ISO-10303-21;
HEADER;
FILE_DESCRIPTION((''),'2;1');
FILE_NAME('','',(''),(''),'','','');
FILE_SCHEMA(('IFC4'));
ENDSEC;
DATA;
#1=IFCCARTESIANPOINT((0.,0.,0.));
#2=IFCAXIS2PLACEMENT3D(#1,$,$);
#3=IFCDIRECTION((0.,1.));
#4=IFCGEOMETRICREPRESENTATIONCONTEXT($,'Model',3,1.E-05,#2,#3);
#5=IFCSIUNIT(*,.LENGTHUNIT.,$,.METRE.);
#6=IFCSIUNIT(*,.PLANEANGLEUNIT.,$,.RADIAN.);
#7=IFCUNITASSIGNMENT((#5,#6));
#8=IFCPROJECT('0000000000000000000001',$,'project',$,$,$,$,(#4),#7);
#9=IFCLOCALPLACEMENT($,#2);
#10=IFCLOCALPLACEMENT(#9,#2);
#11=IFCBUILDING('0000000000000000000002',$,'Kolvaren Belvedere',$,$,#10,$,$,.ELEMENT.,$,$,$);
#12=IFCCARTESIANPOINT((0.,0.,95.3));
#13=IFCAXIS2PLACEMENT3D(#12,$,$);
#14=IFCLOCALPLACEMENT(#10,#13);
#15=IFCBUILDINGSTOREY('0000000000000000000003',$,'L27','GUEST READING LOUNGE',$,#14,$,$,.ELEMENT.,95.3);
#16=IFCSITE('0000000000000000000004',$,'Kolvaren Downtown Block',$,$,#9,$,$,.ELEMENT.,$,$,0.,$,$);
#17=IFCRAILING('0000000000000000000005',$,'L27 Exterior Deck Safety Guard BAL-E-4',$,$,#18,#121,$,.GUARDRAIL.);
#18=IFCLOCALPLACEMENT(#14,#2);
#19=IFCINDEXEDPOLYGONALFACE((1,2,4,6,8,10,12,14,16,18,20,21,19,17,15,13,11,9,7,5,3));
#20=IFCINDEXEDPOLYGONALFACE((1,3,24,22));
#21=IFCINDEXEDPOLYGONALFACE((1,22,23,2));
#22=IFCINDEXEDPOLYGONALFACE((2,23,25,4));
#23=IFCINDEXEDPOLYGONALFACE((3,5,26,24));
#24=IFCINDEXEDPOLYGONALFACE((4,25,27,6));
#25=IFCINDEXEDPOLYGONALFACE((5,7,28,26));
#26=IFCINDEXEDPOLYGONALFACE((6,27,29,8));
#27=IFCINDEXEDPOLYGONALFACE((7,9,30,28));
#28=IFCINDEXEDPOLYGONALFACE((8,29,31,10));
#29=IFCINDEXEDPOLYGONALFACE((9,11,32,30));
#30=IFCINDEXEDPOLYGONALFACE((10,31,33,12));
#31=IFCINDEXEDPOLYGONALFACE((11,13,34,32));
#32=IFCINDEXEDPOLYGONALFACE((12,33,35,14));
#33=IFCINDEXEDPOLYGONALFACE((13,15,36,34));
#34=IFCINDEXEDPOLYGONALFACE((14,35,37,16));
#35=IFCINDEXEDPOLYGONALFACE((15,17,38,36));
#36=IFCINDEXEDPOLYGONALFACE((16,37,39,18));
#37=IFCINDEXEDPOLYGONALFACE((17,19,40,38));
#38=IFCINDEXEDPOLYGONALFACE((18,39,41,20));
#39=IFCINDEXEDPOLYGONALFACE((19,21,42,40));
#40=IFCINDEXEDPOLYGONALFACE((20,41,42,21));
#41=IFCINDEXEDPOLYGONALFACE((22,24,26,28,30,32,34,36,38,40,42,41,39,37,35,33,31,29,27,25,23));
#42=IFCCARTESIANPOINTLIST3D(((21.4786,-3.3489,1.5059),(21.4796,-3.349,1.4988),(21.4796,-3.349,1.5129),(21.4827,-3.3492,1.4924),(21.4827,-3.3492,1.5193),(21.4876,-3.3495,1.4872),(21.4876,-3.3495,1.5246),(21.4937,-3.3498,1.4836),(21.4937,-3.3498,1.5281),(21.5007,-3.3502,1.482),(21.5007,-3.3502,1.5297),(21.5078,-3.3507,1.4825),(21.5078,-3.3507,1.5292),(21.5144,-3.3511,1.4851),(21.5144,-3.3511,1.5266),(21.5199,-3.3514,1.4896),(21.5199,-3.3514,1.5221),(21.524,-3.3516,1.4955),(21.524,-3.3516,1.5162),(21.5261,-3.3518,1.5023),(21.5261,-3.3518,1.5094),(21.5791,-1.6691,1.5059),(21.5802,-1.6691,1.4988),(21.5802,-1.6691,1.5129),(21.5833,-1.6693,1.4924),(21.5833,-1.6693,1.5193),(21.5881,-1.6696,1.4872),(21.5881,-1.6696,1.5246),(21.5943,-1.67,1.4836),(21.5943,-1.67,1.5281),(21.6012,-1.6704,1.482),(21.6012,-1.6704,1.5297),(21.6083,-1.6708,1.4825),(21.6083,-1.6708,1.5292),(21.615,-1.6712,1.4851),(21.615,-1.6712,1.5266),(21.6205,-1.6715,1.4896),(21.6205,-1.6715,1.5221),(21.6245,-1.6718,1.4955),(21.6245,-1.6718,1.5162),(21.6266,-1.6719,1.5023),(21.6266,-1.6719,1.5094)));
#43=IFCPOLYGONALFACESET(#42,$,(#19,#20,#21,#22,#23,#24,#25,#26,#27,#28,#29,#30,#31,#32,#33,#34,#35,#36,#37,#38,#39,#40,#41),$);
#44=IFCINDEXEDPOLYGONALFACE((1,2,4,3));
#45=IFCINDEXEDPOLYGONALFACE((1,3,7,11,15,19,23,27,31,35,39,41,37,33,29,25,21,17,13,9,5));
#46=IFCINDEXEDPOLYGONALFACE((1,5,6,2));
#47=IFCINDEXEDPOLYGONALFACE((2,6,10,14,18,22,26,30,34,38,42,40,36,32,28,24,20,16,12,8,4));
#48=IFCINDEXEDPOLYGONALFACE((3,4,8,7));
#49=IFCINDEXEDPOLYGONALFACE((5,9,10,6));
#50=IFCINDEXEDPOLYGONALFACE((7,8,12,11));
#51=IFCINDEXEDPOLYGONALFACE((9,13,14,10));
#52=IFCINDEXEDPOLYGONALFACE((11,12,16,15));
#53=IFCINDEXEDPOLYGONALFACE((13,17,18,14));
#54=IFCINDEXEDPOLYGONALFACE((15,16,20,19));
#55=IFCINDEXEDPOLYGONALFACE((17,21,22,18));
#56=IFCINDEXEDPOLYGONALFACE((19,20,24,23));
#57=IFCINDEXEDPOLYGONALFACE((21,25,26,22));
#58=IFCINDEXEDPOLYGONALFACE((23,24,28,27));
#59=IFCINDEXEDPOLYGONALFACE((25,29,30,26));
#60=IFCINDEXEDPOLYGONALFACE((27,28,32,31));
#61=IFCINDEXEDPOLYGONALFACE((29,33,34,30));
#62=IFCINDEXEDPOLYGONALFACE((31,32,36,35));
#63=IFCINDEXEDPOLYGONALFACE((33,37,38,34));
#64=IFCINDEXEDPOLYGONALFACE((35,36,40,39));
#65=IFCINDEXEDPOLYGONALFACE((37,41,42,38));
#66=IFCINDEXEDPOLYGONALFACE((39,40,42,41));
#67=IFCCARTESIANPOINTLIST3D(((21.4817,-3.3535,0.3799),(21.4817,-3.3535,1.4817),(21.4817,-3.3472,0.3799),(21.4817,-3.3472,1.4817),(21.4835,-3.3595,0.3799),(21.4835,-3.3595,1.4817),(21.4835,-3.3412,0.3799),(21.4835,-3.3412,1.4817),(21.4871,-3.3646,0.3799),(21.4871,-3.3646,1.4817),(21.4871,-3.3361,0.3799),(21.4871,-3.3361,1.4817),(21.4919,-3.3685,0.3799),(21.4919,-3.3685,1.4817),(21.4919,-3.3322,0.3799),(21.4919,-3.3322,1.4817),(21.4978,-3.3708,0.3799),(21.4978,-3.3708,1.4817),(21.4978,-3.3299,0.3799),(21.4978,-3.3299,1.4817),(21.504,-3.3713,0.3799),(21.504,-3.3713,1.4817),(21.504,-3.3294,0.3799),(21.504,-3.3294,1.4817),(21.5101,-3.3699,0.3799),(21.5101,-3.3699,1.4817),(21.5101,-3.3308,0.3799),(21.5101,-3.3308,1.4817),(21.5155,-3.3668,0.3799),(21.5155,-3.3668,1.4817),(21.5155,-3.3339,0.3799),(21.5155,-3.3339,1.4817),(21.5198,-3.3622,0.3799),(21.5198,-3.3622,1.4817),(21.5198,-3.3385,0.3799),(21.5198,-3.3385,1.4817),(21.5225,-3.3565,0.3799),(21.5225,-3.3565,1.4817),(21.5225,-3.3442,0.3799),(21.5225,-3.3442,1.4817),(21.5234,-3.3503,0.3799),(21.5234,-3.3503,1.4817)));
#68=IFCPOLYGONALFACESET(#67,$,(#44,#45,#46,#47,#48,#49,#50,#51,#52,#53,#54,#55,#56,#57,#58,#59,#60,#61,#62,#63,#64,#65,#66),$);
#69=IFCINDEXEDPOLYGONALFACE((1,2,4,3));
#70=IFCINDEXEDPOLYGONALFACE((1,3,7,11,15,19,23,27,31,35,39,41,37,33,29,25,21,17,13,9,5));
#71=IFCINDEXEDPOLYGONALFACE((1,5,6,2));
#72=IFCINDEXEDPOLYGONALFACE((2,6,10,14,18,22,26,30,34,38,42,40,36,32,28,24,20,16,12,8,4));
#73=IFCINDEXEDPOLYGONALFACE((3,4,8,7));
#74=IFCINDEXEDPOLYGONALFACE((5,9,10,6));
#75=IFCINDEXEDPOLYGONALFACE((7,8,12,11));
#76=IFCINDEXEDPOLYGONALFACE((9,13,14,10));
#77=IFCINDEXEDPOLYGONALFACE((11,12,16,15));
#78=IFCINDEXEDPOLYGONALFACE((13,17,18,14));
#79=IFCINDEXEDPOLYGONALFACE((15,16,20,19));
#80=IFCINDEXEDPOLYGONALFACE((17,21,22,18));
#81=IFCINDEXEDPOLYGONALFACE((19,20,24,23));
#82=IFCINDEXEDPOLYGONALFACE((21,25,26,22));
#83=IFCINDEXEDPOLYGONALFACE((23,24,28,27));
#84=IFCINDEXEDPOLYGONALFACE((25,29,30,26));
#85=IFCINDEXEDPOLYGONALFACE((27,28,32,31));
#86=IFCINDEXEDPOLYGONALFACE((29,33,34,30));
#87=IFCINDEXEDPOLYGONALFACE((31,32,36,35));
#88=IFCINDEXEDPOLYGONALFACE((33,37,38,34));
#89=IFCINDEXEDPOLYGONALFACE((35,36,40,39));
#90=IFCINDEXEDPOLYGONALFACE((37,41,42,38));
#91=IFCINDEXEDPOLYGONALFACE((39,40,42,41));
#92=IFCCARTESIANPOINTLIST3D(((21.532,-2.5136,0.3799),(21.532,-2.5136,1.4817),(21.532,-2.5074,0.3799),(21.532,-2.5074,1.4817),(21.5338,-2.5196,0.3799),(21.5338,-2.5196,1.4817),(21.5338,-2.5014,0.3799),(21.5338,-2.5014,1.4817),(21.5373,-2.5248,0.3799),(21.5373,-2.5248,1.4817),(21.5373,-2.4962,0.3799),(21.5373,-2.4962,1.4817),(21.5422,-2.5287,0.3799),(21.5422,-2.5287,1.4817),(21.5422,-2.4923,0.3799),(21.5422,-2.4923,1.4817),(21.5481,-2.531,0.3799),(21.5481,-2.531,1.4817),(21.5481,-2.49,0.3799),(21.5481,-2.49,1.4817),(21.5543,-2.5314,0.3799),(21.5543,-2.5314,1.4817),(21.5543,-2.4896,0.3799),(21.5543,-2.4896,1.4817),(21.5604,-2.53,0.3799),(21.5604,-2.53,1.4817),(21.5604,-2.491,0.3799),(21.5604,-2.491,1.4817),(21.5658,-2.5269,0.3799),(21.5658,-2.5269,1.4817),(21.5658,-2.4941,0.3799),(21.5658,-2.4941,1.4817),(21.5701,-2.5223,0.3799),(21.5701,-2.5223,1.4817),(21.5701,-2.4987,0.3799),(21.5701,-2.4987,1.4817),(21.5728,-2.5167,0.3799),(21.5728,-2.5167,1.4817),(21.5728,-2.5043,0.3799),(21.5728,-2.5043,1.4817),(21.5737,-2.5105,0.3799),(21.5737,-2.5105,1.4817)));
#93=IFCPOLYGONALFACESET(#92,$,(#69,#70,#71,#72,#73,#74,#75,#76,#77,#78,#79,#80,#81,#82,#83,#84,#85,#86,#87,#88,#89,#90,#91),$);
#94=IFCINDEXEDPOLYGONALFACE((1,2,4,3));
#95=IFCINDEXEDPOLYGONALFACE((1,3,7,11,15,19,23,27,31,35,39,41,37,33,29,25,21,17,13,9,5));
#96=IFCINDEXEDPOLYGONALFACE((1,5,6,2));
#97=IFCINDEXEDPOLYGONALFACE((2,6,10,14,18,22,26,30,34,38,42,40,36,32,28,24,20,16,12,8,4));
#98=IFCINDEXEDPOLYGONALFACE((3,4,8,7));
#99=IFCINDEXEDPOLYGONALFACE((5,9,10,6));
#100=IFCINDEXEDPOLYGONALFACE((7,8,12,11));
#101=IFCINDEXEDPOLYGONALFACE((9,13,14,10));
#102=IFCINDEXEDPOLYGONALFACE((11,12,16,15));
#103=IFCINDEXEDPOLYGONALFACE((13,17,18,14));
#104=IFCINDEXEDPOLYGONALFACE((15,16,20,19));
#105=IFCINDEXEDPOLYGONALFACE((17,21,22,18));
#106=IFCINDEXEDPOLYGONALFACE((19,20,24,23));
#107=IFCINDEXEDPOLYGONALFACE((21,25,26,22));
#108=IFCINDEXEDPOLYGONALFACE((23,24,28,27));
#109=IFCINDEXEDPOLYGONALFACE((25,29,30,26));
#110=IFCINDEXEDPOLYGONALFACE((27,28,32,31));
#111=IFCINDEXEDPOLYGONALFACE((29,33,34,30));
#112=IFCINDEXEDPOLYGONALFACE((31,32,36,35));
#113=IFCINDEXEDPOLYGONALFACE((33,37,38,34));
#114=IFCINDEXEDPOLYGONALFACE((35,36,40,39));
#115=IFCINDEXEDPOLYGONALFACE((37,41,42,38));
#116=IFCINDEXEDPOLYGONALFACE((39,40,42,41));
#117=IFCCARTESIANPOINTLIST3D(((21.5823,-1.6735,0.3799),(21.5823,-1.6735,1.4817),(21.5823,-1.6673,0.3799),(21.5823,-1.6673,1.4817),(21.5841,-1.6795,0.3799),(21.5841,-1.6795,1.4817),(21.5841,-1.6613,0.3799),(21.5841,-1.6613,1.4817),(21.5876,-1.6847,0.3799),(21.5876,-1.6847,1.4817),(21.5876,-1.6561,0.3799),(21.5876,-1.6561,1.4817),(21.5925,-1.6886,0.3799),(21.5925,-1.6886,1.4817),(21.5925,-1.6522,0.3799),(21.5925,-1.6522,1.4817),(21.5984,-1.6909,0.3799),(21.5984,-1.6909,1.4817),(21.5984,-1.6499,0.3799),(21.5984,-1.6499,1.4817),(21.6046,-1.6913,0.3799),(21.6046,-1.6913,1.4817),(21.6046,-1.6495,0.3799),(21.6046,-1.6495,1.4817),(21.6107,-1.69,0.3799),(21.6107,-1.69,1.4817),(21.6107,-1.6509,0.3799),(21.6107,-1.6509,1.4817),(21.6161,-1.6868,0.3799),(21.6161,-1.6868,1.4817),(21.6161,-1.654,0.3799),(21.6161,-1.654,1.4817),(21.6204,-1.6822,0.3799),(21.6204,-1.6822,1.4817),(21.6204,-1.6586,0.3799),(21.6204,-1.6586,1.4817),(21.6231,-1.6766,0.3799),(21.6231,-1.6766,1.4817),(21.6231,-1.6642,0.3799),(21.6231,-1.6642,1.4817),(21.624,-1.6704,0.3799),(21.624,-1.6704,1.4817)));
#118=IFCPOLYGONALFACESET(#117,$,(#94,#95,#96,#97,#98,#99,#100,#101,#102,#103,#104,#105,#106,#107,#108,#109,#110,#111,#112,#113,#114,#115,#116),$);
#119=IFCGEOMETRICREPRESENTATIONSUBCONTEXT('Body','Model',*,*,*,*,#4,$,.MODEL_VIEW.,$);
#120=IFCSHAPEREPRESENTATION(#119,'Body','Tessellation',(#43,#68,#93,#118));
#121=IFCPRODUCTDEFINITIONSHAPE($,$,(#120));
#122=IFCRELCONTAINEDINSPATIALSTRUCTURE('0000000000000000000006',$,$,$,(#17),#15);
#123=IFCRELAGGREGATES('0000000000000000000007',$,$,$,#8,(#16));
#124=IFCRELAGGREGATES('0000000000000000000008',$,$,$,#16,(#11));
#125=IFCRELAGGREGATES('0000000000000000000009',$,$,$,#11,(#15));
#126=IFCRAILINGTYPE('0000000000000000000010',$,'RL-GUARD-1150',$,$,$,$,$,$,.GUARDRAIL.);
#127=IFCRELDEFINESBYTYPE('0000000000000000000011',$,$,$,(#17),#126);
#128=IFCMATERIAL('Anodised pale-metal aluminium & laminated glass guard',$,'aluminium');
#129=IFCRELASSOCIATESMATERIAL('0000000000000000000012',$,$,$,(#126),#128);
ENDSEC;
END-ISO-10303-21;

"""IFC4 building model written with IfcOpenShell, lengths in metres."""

from ifc_helpers import new_model, si_unit, direction, frame, origin, origin_2d, place, context, subcontext, project, spatial, circle, extrude, material, type_object, element, save


model = new_model("IFC4")

# Units and contexts
model_context = context("Model", 3, precision=1e-05, world=origin(), true_north=direction((0.0, 1.0)))
body_context = subcontext(model_context, "Body", "Model", "MODEL_VIEW")
ifc_project = project(units=[si_unit("LENGTHUNIT", "METRE"), si_unit("PLANEANGLEUNIT", "RADIAN")], contexts=[model_context])

# Site, building, storey
site_placement = place(None, origin())
site = spatial("IfcSite", under=ifc_project, at=site_placement, Name="Kolvaren Downtown Block", CompositionType="ELEMENT", RefElevation=0.0)
building_placement = place(site_placement, origin())
building = spatial("IfcBuilding", under=site, at=building_placement, Name="Kolvaren Belvedere", CompositionType="ELEMENT")
storey_placement = place(building_placement, frame((0.0, 0.0, 95.3)))
storey = spatial("IfcBuildingStorey", under=building, at=storey_placement, Name="L27", Description="GUEST READING LOUNGE", CompositionType="ELEMENT", Elevation=95.3)

# Railing
ifc_material_1 = material(Name="Anodised pale-metal aluminium & laminated glass guard", Category="aluminium")
railing_type = type_object("IfcRailingType", Name="RL-GUARD-1150", PredefinedType="GUARDRAIL", material=ifc_material_1)
railing_1_placement = place(storey_placement, frame((21.5024, -3.3503, 0.3799)))
element("IfcRailing", 1, at=railing_1_placement, inside=storey, type_object=railing_type, Name="L27 Exterior Deck Safety Guard BAL-E-4", PredefinedType="GUARDRAIL", context=body_context, shape_type="SweptSolid", body=[
    extrude(circle(Radius=0.0239, at=origin_2d()), frame((0.0, 0.0, 1.126), z_axis=(0.059768, 0.998212, 0.0), x_axis=(-0.998212, 0.059768, 0.0)), (0.0, 0.0, 1.0), 1.6829),
    extrude(circle(Radius=0.021, at=origin_2d()), origin(), (0.0, 0.0, 1.0), 1.1018),
    extrude(circle(Radius=0.021, at=origin_2d()), frame((0.0503, 0.8398, 0.0)), (0.0, 0.0, 1.0), 1.1018),
    extrude(circle(Radius=0.021, at=origin_2d()), frame((0.1006, 1.6799, 0.0)), (0.0, 0.0, 1.0), 1.1018),
])

save(model, "model.ifc")
